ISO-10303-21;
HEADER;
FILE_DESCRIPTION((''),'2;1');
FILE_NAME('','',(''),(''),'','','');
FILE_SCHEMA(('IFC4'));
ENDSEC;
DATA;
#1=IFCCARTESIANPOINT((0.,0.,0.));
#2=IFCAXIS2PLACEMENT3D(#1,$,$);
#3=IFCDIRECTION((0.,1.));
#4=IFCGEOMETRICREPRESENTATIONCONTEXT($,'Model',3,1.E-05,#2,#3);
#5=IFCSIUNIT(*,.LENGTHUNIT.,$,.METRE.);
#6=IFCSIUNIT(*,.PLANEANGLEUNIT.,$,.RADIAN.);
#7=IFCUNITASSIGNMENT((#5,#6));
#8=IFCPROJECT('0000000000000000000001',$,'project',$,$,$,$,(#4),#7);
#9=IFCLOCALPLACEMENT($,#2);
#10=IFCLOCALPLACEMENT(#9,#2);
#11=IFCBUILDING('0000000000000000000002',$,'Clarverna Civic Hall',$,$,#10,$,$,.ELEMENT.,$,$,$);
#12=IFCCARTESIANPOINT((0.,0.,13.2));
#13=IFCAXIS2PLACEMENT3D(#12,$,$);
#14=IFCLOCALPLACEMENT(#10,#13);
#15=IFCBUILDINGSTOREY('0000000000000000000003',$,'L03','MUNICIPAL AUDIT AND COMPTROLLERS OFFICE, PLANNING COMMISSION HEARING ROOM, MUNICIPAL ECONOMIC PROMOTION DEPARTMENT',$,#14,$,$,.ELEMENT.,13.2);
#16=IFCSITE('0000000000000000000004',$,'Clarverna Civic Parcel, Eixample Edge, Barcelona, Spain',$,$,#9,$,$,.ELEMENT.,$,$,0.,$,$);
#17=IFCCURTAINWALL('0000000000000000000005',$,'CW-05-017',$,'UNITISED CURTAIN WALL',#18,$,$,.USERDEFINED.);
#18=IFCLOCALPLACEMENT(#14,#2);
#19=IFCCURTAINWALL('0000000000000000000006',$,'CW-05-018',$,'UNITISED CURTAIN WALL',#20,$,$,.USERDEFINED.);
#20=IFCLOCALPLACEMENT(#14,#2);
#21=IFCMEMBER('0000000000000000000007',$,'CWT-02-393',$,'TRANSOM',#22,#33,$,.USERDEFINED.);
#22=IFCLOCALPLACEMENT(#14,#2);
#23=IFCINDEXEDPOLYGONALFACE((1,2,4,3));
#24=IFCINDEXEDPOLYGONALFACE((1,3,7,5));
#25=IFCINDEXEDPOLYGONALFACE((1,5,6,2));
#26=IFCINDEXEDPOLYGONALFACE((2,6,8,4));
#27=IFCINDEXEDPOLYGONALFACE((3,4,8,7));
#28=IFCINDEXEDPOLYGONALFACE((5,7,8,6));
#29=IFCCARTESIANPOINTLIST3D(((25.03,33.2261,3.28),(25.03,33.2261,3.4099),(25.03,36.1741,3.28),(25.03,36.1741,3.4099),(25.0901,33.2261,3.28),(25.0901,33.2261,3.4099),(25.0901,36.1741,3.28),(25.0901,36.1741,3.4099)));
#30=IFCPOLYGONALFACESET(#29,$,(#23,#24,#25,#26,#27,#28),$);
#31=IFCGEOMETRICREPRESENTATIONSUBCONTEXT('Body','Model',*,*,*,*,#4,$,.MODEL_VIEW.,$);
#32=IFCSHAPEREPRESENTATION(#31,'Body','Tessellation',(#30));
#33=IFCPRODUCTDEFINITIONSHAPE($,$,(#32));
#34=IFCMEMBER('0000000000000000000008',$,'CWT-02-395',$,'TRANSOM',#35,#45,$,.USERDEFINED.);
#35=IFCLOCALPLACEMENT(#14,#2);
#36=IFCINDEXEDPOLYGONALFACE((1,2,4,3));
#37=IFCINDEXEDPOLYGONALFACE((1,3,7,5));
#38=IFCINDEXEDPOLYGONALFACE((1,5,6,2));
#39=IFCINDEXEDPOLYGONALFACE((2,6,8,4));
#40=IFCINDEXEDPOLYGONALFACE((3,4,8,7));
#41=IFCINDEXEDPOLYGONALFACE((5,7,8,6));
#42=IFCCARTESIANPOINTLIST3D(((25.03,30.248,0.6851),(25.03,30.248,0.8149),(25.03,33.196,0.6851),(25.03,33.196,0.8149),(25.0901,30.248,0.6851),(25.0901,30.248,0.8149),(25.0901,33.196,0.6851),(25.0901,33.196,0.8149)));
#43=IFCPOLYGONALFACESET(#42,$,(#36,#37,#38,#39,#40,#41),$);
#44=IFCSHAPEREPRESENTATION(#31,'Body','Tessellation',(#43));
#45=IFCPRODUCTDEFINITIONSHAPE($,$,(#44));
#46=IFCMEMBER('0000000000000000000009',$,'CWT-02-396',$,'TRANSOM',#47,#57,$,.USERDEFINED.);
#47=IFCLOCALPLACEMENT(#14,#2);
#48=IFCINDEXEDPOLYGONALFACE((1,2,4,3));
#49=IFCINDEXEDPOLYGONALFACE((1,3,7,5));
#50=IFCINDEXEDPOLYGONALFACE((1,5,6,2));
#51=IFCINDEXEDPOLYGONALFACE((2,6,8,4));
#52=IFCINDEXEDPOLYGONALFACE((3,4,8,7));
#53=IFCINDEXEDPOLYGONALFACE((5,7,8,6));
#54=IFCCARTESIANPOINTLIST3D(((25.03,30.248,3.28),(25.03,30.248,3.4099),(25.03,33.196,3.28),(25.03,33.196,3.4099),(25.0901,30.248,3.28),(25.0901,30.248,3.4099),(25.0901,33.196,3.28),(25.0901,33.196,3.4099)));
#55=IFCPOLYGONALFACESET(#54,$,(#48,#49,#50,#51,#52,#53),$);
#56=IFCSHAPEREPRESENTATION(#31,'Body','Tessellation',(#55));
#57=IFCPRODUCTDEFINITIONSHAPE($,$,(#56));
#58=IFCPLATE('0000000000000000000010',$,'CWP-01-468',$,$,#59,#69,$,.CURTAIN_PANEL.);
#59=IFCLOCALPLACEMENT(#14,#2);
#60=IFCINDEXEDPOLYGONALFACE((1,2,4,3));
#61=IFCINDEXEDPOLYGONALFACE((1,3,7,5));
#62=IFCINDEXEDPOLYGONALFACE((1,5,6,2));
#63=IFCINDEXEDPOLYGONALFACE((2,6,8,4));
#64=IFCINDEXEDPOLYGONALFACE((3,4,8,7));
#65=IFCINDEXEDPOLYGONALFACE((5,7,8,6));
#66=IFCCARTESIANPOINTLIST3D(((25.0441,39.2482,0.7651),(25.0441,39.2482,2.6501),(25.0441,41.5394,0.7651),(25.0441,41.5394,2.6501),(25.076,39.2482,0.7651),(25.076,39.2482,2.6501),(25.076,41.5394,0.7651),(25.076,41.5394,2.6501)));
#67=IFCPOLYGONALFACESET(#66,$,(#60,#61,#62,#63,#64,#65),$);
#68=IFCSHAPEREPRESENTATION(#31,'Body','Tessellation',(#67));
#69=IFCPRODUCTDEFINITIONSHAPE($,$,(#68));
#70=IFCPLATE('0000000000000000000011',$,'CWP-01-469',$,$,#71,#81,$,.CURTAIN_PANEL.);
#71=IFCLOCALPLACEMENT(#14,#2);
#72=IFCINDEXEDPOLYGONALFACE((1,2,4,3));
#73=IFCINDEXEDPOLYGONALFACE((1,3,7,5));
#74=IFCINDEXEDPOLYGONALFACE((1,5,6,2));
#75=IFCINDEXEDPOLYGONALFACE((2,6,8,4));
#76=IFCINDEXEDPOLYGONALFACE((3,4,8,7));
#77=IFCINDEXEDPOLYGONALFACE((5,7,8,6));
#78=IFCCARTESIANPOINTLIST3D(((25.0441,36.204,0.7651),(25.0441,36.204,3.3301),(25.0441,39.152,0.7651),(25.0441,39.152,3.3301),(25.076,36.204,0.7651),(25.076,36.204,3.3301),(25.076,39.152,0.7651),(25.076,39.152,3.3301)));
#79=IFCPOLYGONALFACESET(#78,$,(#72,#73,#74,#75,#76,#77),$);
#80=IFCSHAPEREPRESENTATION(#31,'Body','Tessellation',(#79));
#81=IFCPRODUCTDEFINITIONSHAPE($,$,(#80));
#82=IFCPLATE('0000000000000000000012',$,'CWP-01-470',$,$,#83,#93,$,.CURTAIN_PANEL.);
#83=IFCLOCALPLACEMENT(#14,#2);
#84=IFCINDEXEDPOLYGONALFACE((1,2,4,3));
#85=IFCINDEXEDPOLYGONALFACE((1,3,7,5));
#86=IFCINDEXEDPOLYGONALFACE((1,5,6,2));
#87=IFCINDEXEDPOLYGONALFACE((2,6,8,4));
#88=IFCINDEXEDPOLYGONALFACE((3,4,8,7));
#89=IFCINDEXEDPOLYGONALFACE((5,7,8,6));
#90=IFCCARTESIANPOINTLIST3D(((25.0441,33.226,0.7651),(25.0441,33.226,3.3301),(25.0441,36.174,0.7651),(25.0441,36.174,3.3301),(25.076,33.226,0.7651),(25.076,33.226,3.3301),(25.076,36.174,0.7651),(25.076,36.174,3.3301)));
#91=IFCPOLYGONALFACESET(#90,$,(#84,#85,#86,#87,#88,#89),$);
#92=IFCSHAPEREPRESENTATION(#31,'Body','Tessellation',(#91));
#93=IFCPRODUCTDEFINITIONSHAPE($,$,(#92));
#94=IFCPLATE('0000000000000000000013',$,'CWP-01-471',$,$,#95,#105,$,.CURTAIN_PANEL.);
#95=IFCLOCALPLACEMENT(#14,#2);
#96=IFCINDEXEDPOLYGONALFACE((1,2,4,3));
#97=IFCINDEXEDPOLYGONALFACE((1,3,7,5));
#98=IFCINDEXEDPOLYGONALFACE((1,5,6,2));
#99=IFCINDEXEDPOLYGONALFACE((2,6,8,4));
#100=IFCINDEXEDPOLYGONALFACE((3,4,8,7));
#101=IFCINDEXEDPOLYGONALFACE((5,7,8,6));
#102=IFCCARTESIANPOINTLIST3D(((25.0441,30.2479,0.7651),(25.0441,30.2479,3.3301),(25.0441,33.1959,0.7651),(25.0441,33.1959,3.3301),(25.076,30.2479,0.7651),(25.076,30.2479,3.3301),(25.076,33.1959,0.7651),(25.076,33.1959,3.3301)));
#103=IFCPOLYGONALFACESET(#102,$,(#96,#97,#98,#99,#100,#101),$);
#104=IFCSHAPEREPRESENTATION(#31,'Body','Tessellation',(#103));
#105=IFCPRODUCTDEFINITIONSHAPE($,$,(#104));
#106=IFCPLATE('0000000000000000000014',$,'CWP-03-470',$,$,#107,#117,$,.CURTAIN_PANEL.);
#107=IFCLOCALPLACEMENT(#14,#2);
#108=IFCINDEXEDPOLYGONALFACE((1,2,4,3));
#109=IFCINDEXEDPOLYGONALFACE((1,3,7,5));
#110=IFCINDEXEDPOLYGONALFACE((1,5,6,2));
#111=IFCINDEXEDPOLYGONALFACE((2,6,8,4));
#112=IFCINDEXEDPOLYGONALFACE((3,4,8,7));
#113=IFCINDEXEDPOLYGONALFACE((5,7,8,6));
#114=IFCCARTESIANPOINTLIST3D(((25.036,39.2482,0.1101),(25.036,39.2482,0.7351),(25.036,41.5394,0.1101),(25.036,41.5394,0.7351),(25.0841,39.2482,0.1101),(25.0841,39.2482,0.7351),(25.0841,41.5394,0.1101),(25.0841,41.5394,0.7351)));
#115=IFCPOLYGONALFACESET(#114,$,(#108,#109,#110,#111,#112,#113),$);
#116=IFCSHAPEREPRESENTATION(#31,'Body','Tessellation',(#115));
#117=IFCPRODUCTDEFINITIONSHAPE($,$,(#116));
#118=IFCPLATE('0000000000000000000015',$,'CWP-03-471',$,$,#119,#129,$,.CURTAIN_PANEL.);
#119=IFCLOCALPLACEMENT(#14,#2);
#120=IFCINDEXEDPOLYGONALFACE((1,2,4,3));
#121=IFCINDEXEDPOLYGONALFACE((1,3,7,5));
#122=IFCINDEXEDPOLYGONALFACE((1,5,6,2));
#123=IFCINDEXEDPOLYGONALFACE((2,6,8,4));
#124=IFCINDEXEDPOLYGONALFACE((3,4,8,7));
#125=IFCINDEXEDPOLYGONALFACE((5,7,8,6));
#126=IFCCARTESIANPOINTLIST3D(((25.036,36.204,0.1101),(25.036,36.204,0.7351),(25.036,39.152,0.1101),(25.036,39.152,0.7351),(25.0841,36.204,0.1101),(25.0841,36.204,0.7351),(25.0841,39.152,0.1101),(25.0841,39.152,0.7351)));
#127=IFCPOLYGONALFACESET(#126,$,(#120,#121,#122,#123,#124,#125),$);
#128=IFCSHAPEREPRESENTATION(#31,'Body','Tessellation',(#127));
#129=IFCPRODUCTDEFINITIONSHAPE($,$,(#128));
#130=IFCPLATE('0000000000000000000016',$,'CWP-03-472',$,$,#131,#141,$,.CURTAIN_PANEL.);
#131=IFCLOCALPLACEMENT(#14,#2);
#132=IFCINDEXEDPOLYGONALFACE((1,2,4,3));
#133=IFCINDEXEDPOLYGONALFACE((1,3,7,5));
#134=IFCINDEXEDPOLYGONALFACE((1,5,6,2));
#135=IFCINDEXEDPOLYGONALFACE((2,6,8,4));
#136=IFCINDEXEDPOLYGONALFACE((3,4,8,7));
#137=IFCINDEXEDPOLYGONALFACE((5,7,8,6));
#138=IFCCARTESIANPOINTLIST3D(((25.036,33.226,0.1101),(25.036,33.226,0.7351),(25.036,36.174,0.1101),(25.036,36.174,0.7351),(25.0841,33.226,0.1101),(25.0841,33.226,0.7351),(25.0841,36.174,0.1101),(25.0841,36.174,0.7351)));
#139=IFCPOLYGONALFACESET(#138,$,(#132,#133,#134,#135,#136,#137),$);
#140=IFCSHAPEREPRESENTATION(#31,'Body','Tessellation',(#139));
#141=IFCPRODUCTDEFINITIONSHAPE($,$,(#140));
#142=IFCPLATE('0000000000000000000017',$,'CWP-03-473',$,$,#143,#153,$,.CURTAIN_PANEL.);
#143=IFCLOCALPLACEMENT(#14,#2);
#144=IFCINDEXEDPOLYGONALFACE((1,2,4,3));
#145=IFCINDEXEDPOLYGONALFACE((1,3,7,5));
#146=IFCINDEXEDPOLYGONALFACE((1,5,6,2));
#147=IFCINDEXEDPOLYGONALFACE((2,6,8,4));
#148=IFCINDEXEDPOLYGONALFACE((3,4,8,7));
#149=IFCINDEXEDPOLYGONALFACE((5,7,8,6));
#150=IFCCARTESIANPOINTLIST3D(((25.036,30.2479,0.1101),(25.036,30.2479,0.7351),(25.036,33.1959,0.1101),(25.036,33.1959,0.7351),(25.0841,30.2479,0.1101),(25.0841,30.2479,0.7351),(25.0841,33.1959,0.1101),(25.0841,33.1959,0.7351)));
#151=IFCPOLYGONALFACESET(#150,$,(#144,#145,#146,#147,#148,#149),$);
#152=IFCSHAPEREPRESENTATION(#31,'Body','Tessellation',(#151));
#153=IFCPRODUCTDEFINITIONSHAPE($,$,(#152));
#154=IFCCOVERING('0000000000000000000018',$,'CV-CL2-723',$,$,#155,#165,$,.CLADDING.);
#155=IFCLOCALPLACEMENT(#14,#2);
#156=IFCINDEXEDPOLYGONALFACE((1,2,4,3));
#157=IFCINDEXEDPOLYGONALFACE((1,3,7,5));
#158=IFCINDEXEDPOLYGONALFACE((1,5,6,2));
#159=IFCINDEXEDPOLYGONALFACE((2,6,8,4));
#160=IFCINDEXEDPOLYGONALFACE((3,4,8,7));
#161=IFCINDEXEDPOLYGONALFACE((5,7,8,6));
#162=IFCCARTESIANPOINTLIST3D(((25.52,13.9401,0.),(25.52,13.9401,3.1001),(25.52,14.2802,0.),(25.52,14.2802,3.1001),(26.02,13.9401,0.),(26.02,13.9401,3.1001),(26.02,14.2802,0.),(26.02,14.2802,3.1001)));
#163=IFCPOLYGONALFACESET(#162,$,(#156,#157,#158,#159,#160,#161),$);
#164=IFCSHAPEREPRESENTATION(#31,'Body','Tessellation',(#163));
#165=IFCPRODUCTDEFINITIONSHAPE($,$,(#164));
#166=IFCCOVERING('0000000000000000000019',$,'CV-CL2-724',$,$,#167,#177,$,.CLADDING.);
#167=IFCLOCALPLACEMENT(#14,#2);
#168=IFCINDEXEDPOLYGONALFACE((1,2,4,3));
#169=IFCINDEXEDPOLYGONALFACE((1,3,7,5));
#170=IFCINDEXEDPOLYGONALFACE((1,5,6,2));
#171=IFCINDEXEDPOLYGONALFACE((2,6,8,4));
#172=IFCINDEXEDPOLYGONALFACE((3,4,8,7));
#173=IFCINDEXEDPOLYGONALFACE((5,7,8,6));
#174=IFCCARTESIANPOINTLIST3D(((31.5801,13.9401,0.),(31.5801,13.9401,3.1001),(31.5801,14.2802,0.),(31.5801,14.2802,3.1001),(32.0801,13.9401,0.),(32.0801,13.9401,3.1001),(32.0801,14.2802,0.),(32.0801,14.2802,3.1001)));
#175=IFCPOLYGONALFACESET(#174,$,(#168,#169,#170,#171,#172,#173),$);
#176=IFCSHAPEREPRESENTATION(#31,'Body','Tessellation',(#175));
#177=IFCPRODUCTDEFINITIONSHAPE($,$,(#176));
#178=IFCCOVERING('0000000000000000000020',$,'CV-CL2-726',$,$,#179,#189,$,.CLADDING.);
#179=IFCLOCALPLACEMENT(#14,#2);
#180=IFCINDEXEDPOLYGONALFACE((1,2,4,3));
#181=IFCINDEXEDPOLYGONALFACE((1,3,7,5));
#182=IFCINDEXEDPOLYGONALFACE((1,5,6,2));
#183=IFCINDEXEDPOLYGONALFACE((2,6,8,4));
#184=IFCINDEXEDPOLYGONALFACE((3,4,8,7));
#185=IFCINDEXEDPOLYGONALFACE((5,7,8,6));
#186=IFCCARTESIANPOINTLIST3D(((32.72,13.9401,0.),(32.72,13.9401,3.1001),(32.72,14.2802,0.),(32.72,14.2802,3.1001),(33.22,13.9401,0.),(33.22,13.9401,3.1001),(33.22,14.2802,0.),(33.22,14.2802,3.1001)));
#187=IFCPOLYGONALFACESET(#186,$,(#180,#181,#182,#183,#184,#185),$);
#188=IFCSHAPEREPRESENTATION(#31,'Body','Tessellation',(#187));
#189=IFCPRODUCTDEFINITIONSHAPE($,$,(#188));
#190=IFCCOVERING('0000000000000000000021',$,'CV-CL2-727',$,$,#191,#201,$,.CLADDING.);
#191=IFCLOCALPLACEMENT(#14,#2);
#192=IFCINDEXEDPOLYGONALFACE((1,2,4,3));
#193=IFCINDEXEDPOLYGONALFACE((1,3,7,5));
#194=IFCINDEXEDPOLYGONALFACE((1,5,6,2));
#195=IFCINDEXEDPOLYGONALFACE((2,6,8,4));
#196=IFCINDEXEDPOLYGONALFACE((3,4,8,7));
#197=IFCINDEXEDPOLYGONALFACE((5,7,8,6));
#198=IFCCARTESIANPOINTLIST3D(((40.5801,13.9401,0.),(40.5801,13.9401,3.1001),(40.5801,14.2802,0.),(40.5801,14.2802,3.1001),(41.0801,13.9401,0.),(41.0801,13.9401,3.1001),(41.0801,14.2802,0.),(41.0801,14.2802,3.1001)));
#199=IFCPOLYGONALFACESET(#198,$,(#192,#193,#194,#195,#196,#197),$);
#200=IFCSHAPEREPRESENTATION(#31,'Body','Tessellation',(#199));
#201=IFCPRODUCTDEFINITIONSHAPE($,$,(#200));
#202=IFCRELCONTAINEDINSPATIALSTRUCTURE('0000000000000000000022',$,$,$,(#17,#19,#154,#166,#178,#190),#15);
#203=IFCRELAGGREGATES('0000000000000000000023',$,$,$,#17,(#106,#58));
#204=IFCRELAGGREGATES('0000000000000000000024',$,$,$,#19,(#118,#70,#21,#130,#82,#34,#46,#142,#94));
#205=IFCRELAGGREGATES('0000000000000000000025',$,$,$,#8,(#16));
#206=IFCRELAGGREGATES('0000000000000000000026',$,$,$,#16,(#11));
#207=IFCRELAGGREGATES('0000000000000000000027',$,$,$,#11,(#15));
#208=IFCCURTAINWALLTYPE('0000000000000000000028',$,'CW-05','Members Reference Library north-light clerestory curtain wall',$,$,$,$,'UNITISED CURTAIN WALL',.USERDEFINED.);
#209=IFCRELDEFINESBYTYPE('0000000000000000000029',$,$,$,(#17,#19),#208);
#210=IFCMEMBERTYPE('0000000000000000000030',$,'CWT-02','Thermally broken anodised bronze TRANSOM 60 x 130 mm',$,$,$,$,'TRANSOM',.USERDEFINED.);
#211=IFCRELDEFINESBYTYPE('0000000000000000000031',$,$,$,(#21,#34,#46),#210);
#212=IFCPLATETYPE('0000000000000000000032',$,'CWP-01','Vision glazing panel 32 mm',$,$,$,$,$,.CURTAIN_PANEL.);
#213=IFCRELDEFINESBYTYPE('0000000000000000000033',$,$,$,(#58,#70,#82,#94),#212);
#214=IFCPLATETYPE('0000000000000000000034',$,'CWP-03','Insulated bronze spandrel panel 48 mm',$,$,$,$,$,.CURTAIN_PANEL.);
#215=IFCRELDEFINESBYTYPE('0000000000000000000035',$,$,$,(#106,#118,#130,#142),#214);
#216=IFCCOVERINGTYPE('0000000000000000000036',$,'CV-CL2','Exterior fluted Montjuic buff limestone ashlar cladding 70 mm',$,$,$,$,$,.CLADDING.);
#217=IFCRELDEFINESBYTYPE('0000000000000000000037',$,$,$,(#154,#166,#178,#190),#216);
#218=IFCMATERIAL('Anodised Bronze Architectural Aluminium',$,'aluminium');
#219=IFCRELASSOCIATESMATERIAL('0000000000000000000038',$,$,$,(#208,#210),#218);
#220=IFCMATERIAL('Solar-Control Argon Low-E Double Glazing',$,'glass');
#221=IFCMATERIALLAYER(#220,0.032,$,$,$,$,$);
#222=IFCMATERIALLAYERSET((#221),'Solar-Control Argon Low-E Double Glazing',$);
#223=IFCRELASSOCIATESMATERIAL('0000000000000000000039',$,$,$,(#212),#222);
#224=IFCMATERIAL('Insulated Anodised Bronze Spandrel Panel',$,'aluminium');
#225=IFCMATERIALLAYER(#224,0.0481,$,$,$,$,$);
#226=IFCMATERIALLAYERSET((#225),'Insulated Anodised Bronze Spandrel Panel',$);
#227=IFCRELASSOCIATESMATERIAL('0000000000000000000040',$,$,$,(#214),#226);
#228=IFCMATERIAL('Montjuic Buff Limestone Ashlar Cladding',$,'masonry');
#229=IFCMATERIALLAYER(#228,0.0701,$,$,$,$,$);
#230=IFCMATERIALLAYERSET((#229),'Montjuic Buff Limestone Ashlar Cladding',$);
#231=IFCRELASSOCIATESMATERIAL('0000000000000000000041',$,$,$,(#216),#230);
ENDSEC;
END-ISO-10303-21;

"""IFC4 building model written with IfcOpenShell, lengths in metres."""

from ifc_helpers import new_model, si_unit, direction, frame, frame_2d, origin, origin_2d, place, context, subcontext, project, spatial, rectangle, extrude, material, layer, layer_set, material_profile, profile_set, type_object, element, aggregate, save


model = new_model("IFC4")

# Units and contexts
model_context = context("Model", 3, precision=1e-05, world=origin(), true_north=direction((0.0, 1.0)))
body_context = subcontext(model_context, "Body", "Model", "MODEL_VIEW")
ifc_project = project(units=[si_unit("LENGTHUNIT", "METRE"), si_unit("PLANEANGLEUNIT", "RADIAN")], contexts=[model_context])

# Site, building, storey
site_placement = place(None, origin())
site = spatial("IfcSite", under=ifc_project, at=site_placement, Name="Clarverna Civic Parcel, Eixample Edge, Barcelona, Spain", CompositionType="ELEMENT", RefElevation=0.0)
building_placement = place(site_placement, origin())
building = spatial("IfcBuilding", under=site, at=building_placement, Name="Clarverna Civic Hall", CompositionType="ELEMENT")
storey_placement = place(building_placement, frame((0.0, 0.0, 13.2)))
storey = spatial("IfcBuildingStorey", under=building, at=storey_placement, Name="L03", Description="MUNICIPAL AUDIT AND COMPTROLLERS OFFICE, PLANNING COMMISSION HEARING ROOM, MUNICIPAL ECONOMIC PROMOTION DEPARTMENT", CompositionType="ELEMENT", Elevation=13.2)

# Curtain walls
ifc_material_1 = material(Name="Anodised Bronze Architectural Aluminium", Category="aluminium")
curtain_wall_type = type_object("IfcCurtainWallType", Name="CW-05", Description="Members Reference Library north-light clerestory curtain wall", ElementType="UNITISED CURTAIN WALL", PredefinedType="USERDEFINED", material=ifc_material_1)
curtain_wall_1_placement = place(storey_placement, origin())
curtain_wall_1 = element("IfcCurtainWall", 1, at=curtain_wall_1_placement, inside=storey, type_object=curtain_wall_type, Name="CW-05-017", ObjectType="UNITISED CURTAIN WALL", PredefinedType="USERDEFINED")
curtain_wall_2_placement = place(storey_placement, origin())
curtain_wall_2 = element("IfcCurtainWall", 2, at=curtain_wall_2_placement, inside=storey, type_object=curtain_wall_type, Name="CW-05-018", ObjectType="UNITISED CURTAIN WALL", PredefinedType="USERDEFINED")

# Members
ifc_material_profile_1 = material_profile(ifc_material_1, rectangle(XDim=0.0601, YDim=0.1299, at=origin_2d()), Name="BRONZE 60x130")
ifc_profile_set_1 = profile_set([ifc_material_profile_1], Name="Anodised Bronze Architectural Aluminium")
member_type_1 = type_object("IfcMemberType", Name="CWT-02", Description="Thermally broken anodised bronze TRANSOM 60 x 130 mm", ElementType="TRANSOM", PredefinedType="USERDEFINED", material=ifc_profile_set_1)
member_1_placement = place(storey_placement, frame((25.0601, 36.1741, 3.345), z_axis=(0.0, -1.0, 0.0), x_axis=(1.0, 0.0, 0.0)))
member_1 = element("IfcMember", 3, at=member_1_placement, type_object=member_type_1, Name="CWT-02-393", ObjectType="TRANSOM", PredefinedType="USERDEFINED", context=body_context, shape_type="SweptSolid", body=[
    extrude(rectangle(XDim=0.0601, YDim=0.1299, at=origin_2d()), origin(), (0.0, 0.0, 1.0), 2.948),
])
member_2_placement = place(storey_placement, frame((25.0601, 33.196, 0.75), z_axis=(0.0, -1.0, 0.0), x_axis=(1.0, 0.0, 0.0)))
member_2 = element("IfcMember", 4, at=member_2_placement, type_object=member_type_1, Name="CWT-02-395", ObjectType="TRANSOM", PredefinedType="USERDEFINED", context=body_context, shape_type="SweptSolid", body=[
    extrude(rectangle(XDim=0.0601, YDim=0.1299, at=origin_2d()), origin(), (0.0, 0.0, 1.0), 2.948),
])
member_3_placement = place(storey_placement, frame((25.0601, 33.196, 3.345), z_axis=(0.0, -1.0, 0.0), x_axis=(1.0, 0.0, 0.0)))
member_3 = element("IfcMember", 5, at=member_3_placement, type_object=member_type_1, Name="CWT-02-396", ObjectType="TRANSOM", PredefinedType="USERDEFINED", context=body_context, shape_type="SweptSolid", body=[
    extrude(rectangle(XDim=0.0601, YDim=0.1299, at=origin_2d()), origin(), (0.0, 0.0, 1.0), 2.948),
])

# Plates
ifc_material_2 = material(Name="Solar-Control Argon Low-E Double Glazing", Category="glass")
ifc_layer_1 = layer(ifc_material_2, 0.032)
ifc_layer_set_1 = layer_set([ifc_layer_1], Name="Solar-Control Argon Low-E Double Glazing")
plate_type_1 = type_object("IfcPlateType", Name="CWP-01", Description="Vision glazing panel 32 mm", PredefinedType="CURTAIN_PANEL", material=ifc_layer_set_1)
plate_1_placement = place(storey_placement, frame((25.0601, 41.5393, 0.7651), z_axis=(0.0, 0.0, 1.0), x_axis=(0.0, -1.0, 0.0)))
plate_1 = element("IfcPlate", 6, at=plate_1_placement, type_object=plate_type_1, Name="CWP-01-468", PredefinedType="CURTAIN_PANEL", context=body_context, shape_type="SweptSolid", body=[
    extrude(rectangle(XDim=2.2913, YDim=0.032, at=frame_2d((1.1455, 0.0))), origin(), (0.0, 0.0, 1.0), 1.885),
])
plate_2_placement = place(storey_placement, frame((25.0601, 39.1521, 0.7651), z_axis=(0.0, 0.0, 1.0), x_axis=(0.0, -1.0, 0.0)))
plate_2 = element("IfcPlate", 7, at=plate_2_placement, type_object=plate_type_1, Name="CWP-01-469", PredefinedType="CURTAIN_PANEL", context=body_context, shape_type="SweptSolid", body=[
    extrude(rectangle(XDim=2.948, YDim=0.032, at=frame_2d((1.4741, 0.0))), origin(), (0.0, 0.0, 1.0), 2.5649),
])
plate_3_placement = place(storey_placement, frame((25.0601, 36.1741, 0.7651), z_axis=(0.0, 0.0, 1.0), x_axis=(0.0, -1.0, 0.0)))
plate_3 = element("IfcPlate", 8, at=plate_3_placement, type_object=plate_type_1, Name="CWP-01-470", PredefinedType="CURTAIN_PANEL", context=body_context, shape_type="SweptSolid", body=[
    extrude(rectangle(XDim=2.948, YDim=0.032, at=frame_2d((1.4741, 0.0))), origin(), (0.0, 0.0, 1.0), 2.5649),
])
plate_4_placement = place(storey_placement, frame((25.0601, 33.196, 0.7651), z_axis=(0.0, 0.0, 1.0), x_axis=(0.0, -1.0, 0.0)))
plate_4 = element("IfcPlate", 9, at=plate_4_placement, type_object=plate_type_1, Name="CWP-01-471", PredefinedType="CURTAIN_PANEL", context=body_context, shape_type="SweptSolid", body=[
    extrude(rectangle(XDim=2.948, YDim=0.032, at=frame_2d((1.4741, 0.0))), origin(), (0.0, 0.0, 1.0), 2.5649),
])
ifc_material_3 = material(Name="Insulated Anodised Bronze Spandrel Panel", Category="aluminium")
ifc_layer_2 = layer(ifc_material_3, 0.0481)
ifc_layer_set_2 = layer_set([ifc_layer_2], Name="Insulated Anodised Bronze Spandrel Panel")
plate_type_2 = type_object("IfcPlateType", Name="CWP-03", Description="Insulated bronze spandrel panel 48 mm", PredefinedType="CURTAIN_PANEL", material=ifc_layer_set_2)
plate_5_placement = place(storey_placement, frame((25.0601, 41.5393, 0.1101), z_axis=(0.0, 0.0, 1.0), x_axis=(0.0, -1.0, 0.0)))
plate_5 = element("IfcPlate", 10, at=plate_5_placement, type_object=plate_type_2, Name="CWP-03-470", PredefinedType="CURTAIN_PANEL", context=body_context, shape_type="SweptSolid", body=[
    extrude(rectangle(XDim=2.2913, YDim=0.0481, at=frame_2d((1.1455, 0.0))), origin(), (0.0, 0.0, 1.0), 0.625),
])
aggregate(curtain_wall_1, [plate_5, plate_1])
plate_6_placement = place(storey_placement, frame((25.0601, 39.1521, 0.1101), z_axis=(0.0, 0.0, 1.0), x_axis=(0.0, -1.0, 0.0)))
plate_6 = element("IfcPlate", 11, at=plate_6_placement, type_object=plate_type_2, Name="CWP-03-471", PredefinedType="CURTAIN_PANEL", context=body_context, shape_type="SweptSolid", body=[
    extrude(rectangle(XDim=2.948, YDim=0.0481, at=frame_2d((1.4741, 0.0))), origin(), (0.0, 0.0, 1.0), 0.625),
])
plate_7_placement = place(storey_placement, frame((25.0601, 36.1741, 0.1101), z_axis=(0.0, 0.0, 1.0), x_axis=(0.0, -1.0, 0.0)))
plate_7 = element("IfcPlate", 12, at=plate_7_placement, type_object=plate_type_2, Name="CWP-03-472", PredefinedType="CURTAIN_PANEL", context=body_context, shape_type="SweptSolid", body=[
    extrude(rectangle(XDim=2.948, YDim=0.0481, at=frame_2d((1.4741, 0.0))), origin(), (0.0, 0.0, 1.0), 0.625),
])
plate_8_placement = place(storey_placement, frame((25.0601, 33.196, 0.1101), z_axis=(0.0, 0.0, 1.0), x_axis=(0.0, -1.0, 0.0)))
plate_8 = element("IfcPlate", 13, at=plate_8_placement, type_object=plate_type_2, Name="CWP-03-473", PredefinedType="CURTAIN_PANEL", context=body_context, shape_type="SweptSolid", body=[
    extrude(rectangle(XDim=2.948, YDim=0.0481, at=frame_2d((1.4741, 0.0))), origin(), (0.0, 0.0, 1.0), 0.625),
])
aggregate(curtain_wall_2, [plate_6, plate_2, member_1, plate_7, plate_3, member_2, member_3, plate_8, plate_4])

# Coverings
ifc_material_4 = material(Name="Montjuic Buff Limestone Ashlar Cladding", Category="masonry")
ifc_layer_3 = layer(ifc_material_4, 0.0701)
ifc_layer_set_3 = layer_set([ifc_layer_3], Name="Montjuic Buff Limestone Ashlar Cladding")
covering_type = type_object("IfcCoveringType", Name="CV-CL2", Description="Exterior fluted Montjuic buff limestone ashlar cladding 70 mm", PredefinedType="CLADDING", material=ifc_layer_set_3)
for number, where, z_axis, x_axis, name in (
    (14, (25.52, 14.1101, 0.0), (0.0, 0.0, 1.0), (1.0, 0.0, 0.0), "CV-CL2-723"),
    (15, (31.5801, 14.1101, 0.0), (0.0, 0.0, 1.0), (1.0, 0.0, 0.0), "CV-CL2-724"),
    (16, (32.72, 14.1101, 0.0), (0.0, 0.0, 1.0), (1.0, 0.0, 0.0), "CV-CL2-726"),
    (17, (40.5801, 14.1101, 0.0), (0.0, 0.0, 1.0), (1.0, 0.0, 0.0), "CV-CL2-727"),
):
    element("IfcCovering", number, at=place(storey_placement, frame(where, z_axis=z_axis, x_axis=x_axis)), inside=storey, type_object=covering_type, Name=name, PredefinedType="CLADDING", context=body_context, shape_type="SweptSolid", body=[
        extrude(rectangle(XDim=0.5, YDim=0.3401, at=frame_2d((0.25, 0.0))), origin(), (0.0, 0.0, 1.0), 3.1001),
    ])

save(model, "model.ifc")
